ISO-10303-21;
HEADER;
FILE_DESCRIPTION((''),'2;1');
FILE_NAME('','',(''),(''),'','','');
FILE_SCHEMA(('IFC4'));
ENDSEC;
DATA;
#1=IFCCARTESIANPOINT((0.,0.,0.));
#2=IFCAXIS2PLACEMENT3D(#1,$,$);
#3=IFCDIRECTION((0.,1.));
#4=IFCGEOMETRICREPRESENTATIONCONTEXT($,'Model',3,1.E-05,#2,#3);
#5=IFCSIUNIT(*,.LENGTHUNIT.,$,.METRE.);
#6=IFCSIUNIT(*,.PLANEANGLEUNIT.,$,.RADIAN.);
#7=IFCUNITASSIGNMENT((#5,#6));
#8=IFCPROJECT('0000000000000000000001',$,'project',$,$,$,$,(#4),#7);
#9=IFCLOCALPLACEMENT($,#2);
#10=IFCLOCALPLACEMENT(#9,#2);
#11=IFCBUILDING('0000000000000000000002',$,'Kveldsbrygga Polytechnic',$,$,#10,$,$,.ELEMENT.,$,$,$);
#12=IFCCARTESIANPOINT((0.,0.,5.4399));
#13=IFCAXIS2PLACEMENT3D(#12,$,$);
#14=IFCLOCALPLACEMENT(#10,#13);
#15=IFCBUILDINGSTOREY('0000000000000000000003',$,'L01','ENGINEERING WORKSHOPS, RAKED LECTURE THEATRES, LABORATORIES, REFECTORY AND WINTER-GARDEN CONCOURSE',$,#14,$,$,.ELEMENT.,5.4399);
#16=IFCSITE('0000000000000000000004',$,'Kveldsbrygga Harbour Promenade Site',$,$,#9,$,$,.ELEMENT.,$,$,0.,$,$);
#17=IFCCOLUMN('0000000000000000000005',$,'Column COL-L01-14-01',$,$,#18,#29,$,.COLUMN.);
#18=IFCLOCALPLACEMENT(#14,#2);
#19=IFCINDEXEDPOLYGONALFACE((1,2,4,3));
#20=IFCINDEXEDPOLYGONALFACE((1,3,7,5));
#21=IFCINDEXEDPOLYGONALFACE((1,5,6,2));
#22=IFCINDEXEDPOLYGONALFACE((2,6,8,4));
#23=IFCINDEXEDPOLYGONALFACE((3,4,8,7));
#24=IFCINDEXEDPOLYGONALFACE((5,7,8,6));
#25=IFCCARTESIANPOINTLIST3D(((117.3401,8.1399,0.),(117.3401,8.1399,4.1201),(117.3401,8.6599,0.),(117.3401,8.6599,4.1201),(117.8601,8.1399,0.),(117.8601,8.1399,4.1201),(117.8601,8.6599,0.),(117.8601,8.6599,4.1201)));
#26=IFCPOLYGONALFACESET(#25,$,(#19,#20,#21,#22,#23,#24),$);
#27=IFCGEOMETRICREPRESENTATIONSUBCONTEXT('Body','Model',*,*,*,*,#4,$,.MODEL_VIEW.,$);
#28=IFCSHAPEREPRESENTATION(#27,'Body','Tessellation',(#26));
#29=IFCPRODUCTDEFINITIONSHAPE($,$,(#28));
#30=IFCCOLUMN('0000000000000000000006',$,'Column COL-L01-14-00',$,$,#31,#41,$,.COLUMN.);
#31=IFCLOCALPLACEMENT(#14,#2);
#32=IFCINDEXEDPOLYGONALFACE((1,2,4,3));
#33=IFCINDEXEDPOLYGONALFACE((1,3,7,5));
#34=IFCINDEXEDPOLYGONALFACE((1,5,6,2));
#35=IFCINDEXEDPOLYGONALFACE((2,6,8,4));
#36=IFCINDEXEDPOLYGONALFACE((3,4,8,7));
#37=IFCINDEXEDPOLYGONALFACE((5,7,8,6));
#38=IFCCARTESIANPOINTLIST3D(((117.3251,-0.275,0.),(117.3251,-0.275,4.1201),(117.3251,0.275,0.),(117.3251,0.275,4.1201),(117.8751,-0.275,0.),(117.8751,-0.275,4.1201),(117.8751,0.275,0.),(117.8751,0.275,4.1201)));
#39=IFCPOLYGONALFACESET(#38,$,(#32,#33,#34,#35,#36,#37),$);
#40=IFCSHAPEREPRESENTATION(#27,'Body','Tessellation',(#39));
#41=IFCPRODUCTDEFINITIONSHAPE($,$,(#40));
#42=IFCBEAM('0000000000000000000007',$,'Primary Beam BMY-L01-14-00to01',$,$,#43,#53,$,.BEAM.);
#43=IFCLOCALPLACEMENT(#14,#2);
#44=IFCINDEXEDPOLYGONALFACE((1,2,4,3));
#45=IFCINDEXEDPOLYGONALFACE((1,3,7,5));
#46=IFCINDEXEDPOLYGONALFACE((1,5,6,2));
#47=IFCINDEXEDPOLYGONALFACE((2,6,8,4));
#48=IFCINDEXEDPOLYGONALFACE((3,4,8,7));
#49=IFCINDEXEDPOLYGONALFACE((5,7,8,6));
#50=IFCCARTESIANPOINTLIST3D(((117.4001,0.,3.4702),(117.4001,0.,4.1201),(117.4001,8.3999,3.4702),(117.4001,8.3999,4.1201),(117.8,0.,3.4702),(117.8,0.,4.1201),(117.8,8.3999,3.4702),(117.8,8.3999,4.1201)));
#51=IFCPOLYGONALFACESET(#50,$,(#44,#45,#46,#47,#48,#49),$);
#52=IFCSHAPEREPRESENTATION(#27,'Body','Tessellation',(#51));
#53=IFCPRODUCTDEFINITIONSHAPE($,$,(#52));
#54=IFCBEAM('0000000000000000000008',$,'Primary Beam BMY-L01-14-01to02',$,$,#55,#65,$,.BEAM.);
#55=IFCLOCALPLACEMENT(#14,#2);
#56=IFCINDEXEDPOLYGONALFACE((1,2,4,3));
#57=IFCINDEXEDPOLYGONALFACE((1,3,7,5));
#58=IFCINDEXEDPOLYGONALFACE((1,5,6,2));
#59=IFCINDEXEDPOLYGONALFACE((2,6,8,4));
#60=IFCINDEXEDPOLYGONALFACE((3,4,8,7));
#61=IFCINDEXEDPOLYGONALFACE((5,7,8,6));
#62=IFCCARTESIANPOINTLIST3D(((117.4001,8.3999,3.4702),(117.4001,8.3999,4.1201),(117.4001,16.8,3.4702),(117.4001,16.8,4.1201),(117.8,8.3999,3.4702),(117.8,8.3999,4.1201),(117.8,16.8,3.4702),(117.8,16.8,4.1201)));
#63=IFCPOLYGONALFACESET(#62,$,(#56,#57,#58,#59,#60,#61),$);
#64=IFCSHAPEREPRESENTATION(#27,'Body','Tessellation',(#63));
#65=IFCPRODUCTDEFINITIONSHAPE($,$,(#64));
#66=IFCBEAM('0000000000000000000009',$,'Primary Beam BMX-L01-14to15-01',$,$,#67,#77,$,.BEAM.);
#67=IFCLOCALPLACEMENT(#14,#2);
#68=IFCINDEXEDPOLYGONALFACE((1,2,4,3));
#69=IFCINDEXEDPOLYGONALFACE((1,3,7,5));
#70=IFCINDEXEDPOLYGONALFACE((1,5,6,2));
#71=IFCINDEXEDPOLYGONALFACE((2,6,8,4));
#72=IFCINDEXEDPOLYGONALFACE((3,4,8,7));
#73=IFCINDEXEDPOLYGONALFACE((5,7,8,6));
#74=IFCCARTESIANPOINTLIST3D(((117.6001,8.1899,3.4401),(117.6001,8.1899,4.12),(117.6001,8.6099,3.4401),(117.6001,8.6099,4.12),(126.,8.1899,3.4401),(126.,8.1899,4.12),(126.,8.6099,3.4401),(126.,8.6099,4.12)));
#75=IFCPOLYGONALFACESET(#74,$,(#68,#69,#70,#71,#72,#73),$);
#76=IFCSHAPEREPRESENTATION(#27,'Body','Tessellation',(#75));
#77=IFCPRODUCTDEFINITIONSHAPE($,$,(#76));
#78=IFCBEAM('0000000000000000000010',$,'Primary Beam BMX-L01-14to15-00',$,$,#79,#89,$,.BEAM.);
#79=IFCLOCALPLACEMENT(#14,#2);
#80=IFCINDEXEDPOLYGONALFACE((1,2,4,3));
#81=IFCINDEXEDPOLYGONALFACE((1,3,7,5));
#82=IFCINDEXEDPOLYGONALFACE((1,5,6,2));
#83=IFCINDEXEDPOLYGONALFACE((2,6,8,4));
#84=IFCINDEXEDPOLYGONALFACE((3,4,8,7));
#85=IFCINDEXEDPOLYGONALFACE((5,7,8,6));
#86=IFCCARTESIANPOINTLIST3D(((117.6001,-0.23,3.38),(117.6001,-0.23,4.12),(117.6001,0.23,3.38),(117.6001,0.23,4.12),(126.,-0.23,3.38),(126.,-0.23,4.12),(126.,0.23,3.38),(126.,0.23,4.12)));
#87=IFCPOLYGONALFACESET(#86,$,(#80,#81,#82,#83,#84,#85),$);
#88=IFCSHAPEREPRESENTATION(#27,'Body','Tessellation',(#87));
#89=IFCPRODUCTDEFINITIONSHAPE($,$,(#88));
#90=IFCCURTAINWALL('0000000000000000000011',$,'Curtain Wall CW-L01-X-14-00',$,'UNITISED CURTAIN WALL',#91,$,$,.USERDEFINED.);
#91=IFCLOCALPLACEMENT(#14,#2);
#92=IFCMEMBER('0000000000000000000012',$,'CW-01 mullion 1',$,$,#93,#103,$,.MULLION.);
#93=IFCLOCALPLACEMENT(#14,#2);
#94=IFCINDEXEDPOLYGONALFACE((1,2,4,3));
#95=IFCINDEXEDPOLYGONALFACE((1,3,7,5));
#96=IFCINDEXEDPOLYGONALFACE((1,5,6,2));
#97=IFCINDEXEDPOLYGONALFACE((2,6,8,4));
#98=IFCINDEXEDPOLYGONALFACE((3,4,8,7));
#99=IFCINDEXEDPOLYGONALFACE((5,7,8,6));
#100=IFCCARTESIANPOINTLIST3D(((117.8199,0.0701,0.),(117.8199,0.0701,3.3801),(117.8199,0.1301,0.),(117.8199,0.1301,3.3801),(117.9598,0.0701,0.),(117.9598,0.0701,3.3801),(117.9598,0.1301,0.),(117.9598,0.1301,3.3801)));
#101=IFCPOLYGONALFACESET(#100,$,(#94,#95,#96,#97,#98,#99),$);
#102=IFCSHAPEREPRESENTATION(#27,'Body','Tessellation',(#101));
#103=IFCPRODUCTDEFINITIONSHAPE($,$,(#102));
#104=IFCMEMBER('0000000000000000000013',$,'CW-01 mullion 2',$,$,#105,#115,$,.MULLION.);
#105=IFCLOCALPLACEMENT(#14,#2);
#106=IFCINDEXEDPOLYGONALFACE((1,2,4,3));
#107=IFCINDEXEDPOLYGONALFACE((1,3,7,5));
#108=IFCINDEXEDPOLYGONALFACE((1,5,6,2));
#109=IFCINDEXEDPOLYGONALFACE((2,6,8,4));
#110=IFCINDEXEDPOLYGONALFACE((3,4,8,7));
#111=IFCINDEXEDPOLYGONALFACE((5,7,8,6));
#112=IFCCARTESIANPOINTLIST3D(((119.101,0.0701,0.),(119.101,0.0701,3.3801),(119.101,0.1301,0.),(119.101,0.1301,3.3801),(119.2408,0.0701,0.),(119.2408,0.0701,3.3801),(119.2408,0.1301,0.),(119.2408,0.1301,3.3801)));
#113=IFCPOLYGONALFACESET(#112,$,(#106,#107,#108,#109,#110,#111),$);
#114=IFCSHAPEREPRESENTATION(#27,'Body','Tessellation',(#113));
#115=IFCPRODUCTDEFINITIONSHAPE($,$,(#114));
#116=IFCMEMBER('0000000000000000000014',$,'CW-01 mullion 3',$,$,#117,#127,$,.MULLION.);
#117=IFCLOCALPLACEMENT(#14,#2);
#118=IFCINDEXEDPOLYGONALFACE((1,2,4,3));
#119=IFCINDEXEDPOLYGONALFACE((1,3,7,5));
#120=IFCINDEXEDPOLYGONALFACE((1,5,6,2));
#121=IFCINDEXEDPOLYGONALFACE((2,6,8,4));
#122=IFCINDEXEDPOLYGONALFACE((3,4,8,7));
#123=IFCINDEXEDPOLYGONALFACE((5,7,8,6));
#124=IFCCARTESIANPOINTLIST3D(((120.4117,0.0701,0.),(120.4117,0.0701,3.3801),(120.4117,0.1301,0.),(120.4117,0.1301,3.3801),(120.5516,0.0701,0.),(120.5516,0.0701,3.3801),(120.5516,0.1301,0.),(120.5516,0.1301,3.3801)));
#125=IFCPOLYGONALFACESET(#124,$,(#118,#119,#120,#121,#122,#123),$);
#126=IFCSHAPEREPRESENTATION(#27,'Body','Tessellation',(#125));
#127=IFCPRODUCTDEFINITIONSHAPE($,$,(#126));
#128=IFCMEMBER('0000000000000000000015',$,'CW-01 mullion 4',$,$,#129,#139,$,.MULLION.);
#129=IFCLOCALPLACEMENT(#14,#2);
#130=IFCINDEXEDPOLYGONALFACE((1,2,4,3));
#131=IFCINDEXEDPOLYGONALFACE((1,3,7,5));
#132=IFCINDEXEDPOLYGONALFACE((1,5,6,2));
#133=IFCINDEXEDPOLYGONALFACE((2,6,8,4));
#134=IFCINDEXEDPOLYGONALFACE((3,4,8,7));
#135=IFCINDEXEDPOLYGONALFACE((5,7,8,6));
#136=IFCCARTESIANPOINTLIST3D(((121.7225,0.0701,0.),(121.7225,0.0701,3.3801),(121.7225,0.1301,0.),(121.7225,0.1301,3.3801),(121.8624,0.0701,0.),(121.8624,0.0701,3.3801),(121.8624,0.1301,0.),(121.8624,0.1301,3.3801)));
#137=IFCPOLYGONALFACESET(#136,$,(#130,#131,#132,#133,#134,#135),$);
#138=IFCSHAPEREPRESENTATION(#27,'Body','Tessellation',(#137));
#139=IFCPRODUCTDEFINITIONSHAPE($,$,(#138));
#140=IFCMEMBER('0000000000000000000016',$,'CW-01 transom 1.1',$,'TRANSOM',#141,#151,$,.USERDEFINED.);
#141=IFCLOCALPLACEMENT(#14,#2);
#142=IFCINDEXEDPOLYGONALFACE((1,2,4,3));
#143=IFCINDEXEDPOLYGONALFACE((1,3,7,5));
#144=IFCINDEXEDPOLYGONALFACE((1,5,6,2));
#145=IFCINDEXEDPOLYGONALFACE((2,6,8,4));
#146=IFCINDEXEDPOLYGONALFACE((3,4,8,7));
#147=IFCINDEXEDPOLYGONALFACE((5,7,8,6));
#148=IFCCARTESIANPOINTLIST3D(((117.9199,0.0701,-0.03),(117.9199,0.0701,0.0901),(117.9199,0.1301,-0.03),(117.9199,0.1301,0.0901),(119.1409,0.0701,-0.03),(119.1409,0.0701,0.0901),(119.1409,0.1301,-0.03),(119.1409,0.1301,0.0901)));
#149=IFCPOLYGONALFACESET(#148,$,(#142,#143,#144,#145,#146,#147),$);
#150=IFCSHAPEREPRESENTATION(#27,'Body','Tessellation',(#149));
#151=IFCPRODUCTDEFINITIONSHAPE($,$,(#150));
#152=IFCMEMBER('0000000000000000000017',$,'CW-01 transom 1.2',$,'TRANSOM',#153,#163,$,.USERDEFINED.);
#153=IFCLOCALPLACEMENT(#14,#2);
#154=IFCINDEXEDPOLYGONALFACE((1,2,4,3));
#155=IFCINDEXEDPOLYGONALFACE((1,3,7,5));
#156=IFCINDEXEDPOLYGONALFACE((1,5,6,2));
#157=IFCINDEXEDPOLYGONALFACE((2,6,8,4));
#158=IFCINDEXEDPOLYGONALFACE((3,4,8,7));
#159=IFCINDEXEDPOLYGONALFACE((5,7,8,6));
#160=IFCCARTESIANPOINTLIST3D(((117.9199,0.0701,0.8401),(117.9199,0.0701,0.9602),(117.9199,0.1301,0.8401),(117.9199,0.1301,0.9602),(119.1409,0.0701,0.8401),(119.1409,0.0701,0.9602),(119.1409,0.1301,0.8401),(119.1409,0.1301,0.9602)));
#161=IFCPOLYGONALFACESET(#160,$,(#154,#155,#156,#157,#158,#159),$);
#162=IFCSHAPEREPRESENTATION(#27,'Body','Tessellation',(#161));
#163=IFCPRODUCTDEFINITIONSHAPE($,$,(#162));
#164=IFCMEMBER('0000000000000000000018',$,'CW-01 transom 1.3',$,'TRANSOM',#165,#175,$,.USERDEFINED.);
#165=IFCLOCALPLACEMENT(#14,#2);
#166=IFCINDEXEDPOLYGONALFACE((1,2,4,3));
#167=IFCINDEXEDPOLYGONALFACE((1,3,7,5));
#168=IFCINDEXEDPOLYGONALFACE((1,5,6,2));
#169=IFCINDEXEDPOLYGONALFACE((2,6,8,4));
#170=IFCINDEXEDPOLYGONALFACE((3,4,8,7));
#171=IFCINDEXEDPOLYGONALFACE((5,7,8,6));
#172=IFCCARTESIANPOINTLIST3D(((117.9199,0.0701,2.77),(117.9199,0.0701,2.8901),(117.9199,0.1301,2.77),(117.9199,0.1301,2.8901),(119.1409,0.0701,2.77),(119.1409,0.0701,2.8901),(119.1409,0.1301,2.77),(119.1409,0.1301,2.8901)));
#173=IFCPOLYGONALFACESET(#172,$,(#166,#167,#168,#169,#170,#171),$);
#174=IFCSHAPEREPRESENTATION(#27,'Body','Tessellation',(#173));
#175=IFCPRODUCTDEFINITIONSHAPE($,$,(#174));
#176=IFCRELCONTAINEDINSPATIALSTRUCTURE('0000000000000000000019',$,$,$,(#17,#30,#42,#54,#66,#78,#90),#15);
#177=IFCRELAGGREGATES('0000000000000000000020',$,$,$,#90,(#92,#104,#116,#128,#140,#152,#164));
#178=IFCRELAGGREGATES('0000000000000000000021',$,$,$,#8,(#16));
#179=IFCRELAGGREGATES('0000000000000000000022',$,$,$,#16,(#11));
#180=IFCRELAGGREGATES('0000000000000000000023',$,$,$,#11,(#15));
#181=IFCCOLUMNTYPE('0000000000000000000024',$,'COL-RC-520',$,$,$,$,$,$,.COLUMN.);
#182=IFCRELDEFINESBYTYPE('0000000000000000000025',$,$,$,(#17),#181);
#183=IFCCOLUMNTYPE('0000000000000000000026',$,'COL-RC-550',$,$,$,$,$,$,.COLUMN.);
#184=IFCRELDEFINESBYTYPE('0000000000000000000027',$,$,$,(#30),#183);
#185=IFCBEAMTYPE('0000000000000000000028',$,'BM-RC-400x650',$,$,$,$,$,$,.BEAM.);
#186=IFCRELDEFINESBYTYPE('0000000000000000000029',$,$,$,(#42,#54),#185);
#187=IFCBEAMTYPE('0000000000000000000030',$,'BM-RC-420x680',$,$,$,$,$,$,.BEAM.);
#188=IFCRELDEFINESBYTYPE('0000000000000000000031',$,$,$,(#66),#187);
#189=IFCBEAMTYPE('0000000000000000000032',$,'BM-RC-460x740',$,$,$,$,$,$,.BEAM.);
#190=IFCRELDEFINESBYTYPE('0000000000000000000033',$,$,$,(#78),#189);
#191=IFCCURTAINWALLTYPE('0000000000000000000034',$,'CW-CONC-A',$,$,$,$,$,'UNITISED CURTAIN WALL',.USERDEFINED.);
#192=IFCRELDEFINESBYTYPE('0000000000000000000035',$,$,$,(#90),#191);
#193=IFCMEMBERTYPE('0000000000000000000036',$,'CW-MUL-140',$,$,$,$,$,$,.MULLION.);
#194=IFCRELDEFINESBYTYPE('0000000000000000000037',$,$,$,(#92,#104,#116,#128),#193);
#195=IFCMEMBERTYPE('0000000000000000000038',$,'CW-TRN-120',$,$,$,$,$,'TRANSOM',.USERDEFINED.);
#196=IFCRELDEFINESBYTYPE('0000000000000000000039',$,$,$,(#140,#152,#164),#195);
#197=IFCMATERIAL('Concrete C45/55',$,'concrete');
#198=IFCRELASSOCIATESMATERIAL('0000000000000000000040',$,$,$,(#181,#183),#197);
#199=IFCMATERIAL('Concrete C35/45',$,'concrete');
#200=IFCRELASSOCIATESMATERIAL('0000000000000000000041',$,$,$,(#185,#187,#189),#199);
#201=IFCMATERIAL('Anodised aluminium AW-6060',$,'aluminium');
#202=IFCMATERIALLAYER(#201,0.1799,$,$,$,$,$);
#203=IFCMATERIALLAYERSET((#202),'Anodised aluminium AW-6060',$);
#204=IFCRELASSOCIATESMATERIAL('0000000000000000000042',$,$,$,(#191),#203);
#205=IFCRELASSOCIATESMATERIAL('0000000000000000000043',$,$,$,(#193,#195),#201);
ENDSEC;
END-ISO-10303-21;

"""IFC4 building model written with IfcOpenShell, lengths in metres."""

from ifc_helpers import new_model, si_unit, direction, frame, origin, origin_2d, place, context, subcontext, project, spatial, rectangle, extrude, material, layer, layer_set, material_profile, profile_set, type_object, element, aggregate, save


model = new_model("IFC4")

# Units and contexts
model_context = context("Model", 3, precision=1e-05, world=origin(), true_north=direction((0.0, 1.0)))
body_context = subcontext(model_context, "Body", "Model", "MODEL_VIEW")
ifc_project = project(units=[si_unit("LENGTHUNIT", "METRE"), si_unit("PLANEANGLEUNIT", "RADIAN")], contexts=[model_context])

# Site, building, storey
site_placement = place(None, origin())
site = spatial("IfcSite", under=ifc_project, at=site_placement, Name="Kveldsbrygga Harbour Promenade Site", CompositionType="ELEMENT", RefElevation=0.0)
building_placement = place(site_placement, origin())
building = spatial("IfcBuilding", under=site, at=building_placement, Name="Kveldsbrygga Polytechnic", CompositionType="ELEMENT")
storey_placement = place(building_placement, frame((0.0, 0.0, 5.4399)))
storey = spatial("IfcBuildingStorey", under=building, at=storey_placement, Name="L01", Description="ENGINEERING WORKSHOPS, RAKED LECTURE THEATRES, LABORATORIES, REFECTORY AND WINTER-GARDEN CONCOURSE", CompositionType="ELEMENT", Elevation=5.4399)

# Columns
ifc_material_1 = material(Name="Concrete C45/55", Category="concrete")
ifc_material_profile_1 = material_profile(ifc_material_1, rectangle(XDim=0.52, YDim=0.52, at=origin_2d()), Name="RC 520x520")
ifc_profile_set_1 = profile_set([ifc_material_profile_1], Name="Concrete C45/55")
column_type_1 = type_object("IfcColumnType", Name="COL-RC-520", PredefinedType="COLUMN", material=ifc_profile_set_1)
column_1_placement = place(storey_placement, frame((117.6001, 8.3999, 0.0), z_axis=(0.0, 0.0, 1.0), x_axis=(1.0, 0.0, 0.0)))
element("IfcColumn", 1, at=column_1_placement, inside=storey, type_object=column_type_1, Name="Column COL-L01-14-01", PredefinedType="COLUMN", context=body_context, shape_type="SweptSolid", body=[
    extrude(rectangle(XDim=0.52, YDim=0.52, at=origin_2d()), origin(), (0.0, 0.0, 1.0), 4.1201),
])
ifc_material_profile_2 = material_profile(ifc_material_1, rectangle(XDim=0.55, YDim=0.55, at=origin_2d()), Name="RC 550x550")
ifc_profile_set_2 = profile_set([ifc_material_profile_2], Name="Concrete C45/55")
column_type_2 = type_object("IfcColumnType", Name="COL-RC-550", PredefinedType="COLUMN", material=ifc_profile_set_2)
column_2_placement = place(storey_placement, frame((117.6001, 0.0, 0.0), z_axis=(0.0, 0.0, 1.0), x_axis=(1.0, 0.0, 0.0)))
element("IfcColumn", 2, at=column_2_placement, inside=storey, type_object=column_type_2, Name="Column COL-L01-14-00", PredefinedType="COLUMN", context=body_context, shape_type="SweptSolid", body=[
    extrude(rectangle(XDim=0.55, YDim=0.55, at=origin_2d()), origin(), (0.0, 0.0, 1.0), 4.1201),
])

# Beams
ifc_material_2 = material(Name="Concrete C35/45", Category="concrete")
ifc_material_profile_3 = material_profile(ifc_material_2, rectangle(XDim=0.3999, YDim=0.6499, at=origin_2d()), Name="RC 400x650")
ifc_profile_set_3 = profile_set([ifc_material_profile_3], Name="Concrete C35/45")
beam_type_1 = type_object("IfcBeamType", Name="BM-RC-400x650", PredefinedType="BEAM", material=ifc_profile_set_3)
beam_1_placement = place(storey_placement, frame((117.6001, 0.0, 3.7952), z_axis=(0.0, 1.0, 0.0), x_axis=(-1.0, 0.0, 0.0)))
element("IfcBeam", 3, at=beam_1_placement, inside=storey, type_object=beam_type_1, Name="Primary Beam BMY-L01-14-00to01", PredefinedType="BEAM", context=body_context, shape_type="SweptSolid", body=[
    extrude(rectangle(XDim=0.3999, YDim=0.6499, at=origin_2d()), origin(), (0.0, 0.0, 1.0), 8.3999),
])
beam_2_placement = place(storey_placement, frame((117.6001, 8.3999, 3.7952), z_axis=(0.0, 1.0, 0.0), x_axis=(-1.0, 0.0, 0.0)))
element("IfcBeam", 4, at=beam_2_placement, inside=storey, type_object=beam_type_1, Name="Primary Beam BMY-L01-14-01to02", PredefinedType="BEAM", context=body_context, shape_type="SweptSolid", body=[
    extrude(rectangle(XDim=0.3999, YDim=0.6499, at=origin_2d()), origin(), (0.0, 0.0, 1.0), 8.4001),
])
ifc_material_profile_4 = material_profile(ifc_material_2, rectangle(XDim=0.4199, YDim=0.6799, at=origin_2d()), Name="RC 420x680")
ifc_profile_set_4 = profile_set([ifc_material_profile_4], Name="Concrete C35/45")
beam_type_2 = type_object("IfcBeamType", Name="BM-RC-420x680", PredefinedType="BEAM", material=ifc_profile_set_4)
beam_3_placement = place(storey_placement, frame((117.6001, 8.3999, 3.78), z_axis=(1.0, 0.0, 0.0), x_axis=(0.0, 1.0, 0.0)))
element("IfcBeam", 5, at=beam_3_placement, inside=storey, type_object=beam_type_2, Name="Primary Beam BMX-L01-14to15-01", PredefinedType="BEAM", context=body_context, shape_type="SweptSolid", body=[
    extrude(rectangle(XDim=0.4199, YDim=0.6799, at=origin_2d()), origin(), (0.0, 0.0, 1.0), 8.3999),
])
ifc_material_profile_5 = material_profile(ifc_material_2, rectangle(XDim=0.46, YDim=0.74, at=origin_2d()), Name="RC 460x740")
ifc_profile_set_5 = profile_set([ifc_material_profile_5], Name="Concrete C35/45")
beam_type_3 = type_object("IfcBeamType", Name="BM-RC-460x740", PredefinedType="BEAM", material=ifc_profile_set_5)
beam_4_placement = place(storey_placement, frame((117.6001, 0.0, 3.75), z_axis=(1.0, 0.0, 0.0), x_axis=(0.0, 1.0, 0.0)))
element("IfcBeam", 6, at=beam_4_placement, inside=storey, type_object=beam_type_3, Name="Primary Beam BMX-L01-14to15-00", PredefinedType="BEAM", context=body_context, shape_type="SweptSolid", body=[
    extrude(rectangle(XDim=0.46, YDim=0.74, at=origin_2d()), origin(), (0.0, 0.0, 1.0), 8.3999),
])

# Curtain wall, members
ifc_material_3 = material(Name="Anodised aluminium AW-6060", Category="aluminium")
ifc_layer_1 = layer(ifc_material_3, 0.1799)
ifc_layer_set_1 = layer_set([ifc_layer_1], Name="Anodised aluminium AW-6060")
curtain_wall_type = type_object("IfcCurtainWallType", Name="CW-CONC-A", ElementType="UNITISED CURTAIN WALL", PredefinedType="USERDEFINED", material=ifc_layer_set_1)
curtain_wall_placement = place(storey_placement, origin())
curtain_wall = element("IfcCurtainWall", 7, at=curtain_wall_placement, inside=storey, type_object=curtain_wall_type, Name="Curtain Wall CW-L01-X-14-00", ObjectType="UNITISED CURTAIN WALL", PredefinedType="USERDEFINED")
ifc_material_profile_6 = material_profile(ifc_material_3, rectangle(XDim=0.0601, YDim=0.1399, at=origin_2d()), Name="ALU 60x140")
ifc_profile_set_6 = profile_set([ifc_material_profile_6], Name="Anodised aluminium AW-6060")
member_type_1 = type_object("IfcMemberType", Name="CW-MUL-140", PredefinedType="MULLION", material=ifc_profile_set_6)
member_1_placement = place(storey_placement, frame((117.8899, 0.1001, 0.0), z_axis=(0.0, 0.0, 1.0), x_axis=(0.0, 1.0, 0.0)))
member_1 = element("IfcMember", 8, at=member_1_placement, type_object=member_type_1, Name="CW-01 mullion 1", PredefinedType="MULLION", context=body_context, shape_type="SweptSolid", body=[
    extrude(rectangle(XDim=0.0601, YDim=0.1399, at=origin_2d()), origin(), (0.0, 0.0, 1.0), 3.3801),
])
member_2_placement = place(storey_placement, frame((119.1709, 0.1001, 0.0), z_axis=(0.0, 0.0, 1.0), x_axis=(0.0, 1.0, 0.0)))
member_2 = element("IfcMember", 9, at=member_2_placement, type_object=member_type_1, Name="CW-01 mullion 2", PredefinedType="MULLION", context=body_context, shape_type="SweptSolid", body=[
    extrude(rectangle(XDim=0.0601, YDim=0.1399, at=origin_2d()), origin(), (0.0, 0.0, 1.0), 3.3801),
])
member_3_placement = place(storey_placement, frame((120.4817, 0.1001, 0.0), z_axis=(0.0, 0.0, 1.0), x_axis=(0.0, 1.0, 0.0)))
member_3 = element("IfcMember", 10, at=member_3_placement, type_object=member_type_1, Name="CW-01 mullion 3", PredefinedType="MULLION", context=body_context, shape_type="SweptSolid", body=[
    extrude(rectangle(XDim=0.0601, YDim=0.1399, at=origin_2d()), origin(), (0.0, 0.0, 1.0), 3.3801),
])
member_4_placement = place(storey_placement, frame((121.7925, 0.1001, 0.0), z_axis=(0.0, 0.0, 1.0), x_axis=(0.0, 1.0, 0.0)))
member_4 = element("IfcMember", 11, at=member_4_placement, type_object=member_type_1, Name="CW-01 mullion 4", PredefinedType="MULLION", context=body_context, shape_type="SweptSolid", body=[
    extrude(rectangle(XDim=0.0601, YDim=0.1399, at=origin_2d()), origin(), (0.0, 0.0, 1.0), 3.3801),
])
ifc_material_profile_7 = material_profile(ifc_material_3, rectangle(XDim=0.0601, YDim=0.1201, at=origin_2d()), Name="ALU 60x120")
ifc_profile_set_7 = profile_set([ifc_material_profile_7], Name="Anodised aluminium AW-6060")
member_type_2 = type_object("IfcMemberType", Name="CW-TRN-120", ElementType="TRANSOM", PredefinedType="USERDEFINED", material=ifc_profile_set_7)
member_5_placement = place(storey_placement, frame((117.9199, 0.1001, 0.03), z_axis=(1.0, 0.0, 0.0), x_axis=(0.0, 1.0, 0.0)))
member_5 = element("IfcMember", 12, at=member_5_placement, type_object=member_type_2, Name="CW-01 transom 1.1", ObjectType="TRANSOM", PredefinedType="USERDEFINED", context=body_context, shape_type="SweptSolid", body=[
    extrude(rectangle(XDim=0.0601, YDim=0.1201, at=origin_2d()), origin(), (0.0, 0.0, 1.0), 1.2209),
])
member_6_placement = place(storey_placement, frame((117.9199, 0.1001, 0.9001), z_axis=(1.0, 0.0, 0.0), x_axis=(0.0, 1.0, 0.0)))
member_6 = element("IfcMember", 13, at=member_6_placement, type_object=member_type_2, Name="CW-01 transom 1.2", ObjectType="TRANSOM", PredefinedType="USERDEFINED", context=body_context, shape_type="SweptSolid", body=[
    extrude(rectangle(XDim=0.0601, YDim=0.1201, at=origin_2d()), origin(), (0.0, 0.0, 1.0), 1.2209),
])
member_7_placement = place(storey_placement, frame((117.9199, 0.1001, 2.8301), z_axis=(1.0, 0.0, 0.0), x_axis=(0.0, 1.0, 0.0)))
member_7 = element("IfcMember", 14, at=member_7_placement, type_object=member_type_2, Name="CW-01 transom 1.3", ObjectType="TRANSOM", PredefinedType="USERDEFINED", context=body_context, shape_type="SweptSolid", body=[
    extrude(rectangle(XDim=0.0601, YDim=0.1201, at=origin_2d()), origin(), (0.0, 0.0, 1.0), 1.2209),
])

aggregate(curtain_wall, [member_1, member_2, member_3, member_4, member_5, member_6, member_7])

save(model, "model.ifc")
